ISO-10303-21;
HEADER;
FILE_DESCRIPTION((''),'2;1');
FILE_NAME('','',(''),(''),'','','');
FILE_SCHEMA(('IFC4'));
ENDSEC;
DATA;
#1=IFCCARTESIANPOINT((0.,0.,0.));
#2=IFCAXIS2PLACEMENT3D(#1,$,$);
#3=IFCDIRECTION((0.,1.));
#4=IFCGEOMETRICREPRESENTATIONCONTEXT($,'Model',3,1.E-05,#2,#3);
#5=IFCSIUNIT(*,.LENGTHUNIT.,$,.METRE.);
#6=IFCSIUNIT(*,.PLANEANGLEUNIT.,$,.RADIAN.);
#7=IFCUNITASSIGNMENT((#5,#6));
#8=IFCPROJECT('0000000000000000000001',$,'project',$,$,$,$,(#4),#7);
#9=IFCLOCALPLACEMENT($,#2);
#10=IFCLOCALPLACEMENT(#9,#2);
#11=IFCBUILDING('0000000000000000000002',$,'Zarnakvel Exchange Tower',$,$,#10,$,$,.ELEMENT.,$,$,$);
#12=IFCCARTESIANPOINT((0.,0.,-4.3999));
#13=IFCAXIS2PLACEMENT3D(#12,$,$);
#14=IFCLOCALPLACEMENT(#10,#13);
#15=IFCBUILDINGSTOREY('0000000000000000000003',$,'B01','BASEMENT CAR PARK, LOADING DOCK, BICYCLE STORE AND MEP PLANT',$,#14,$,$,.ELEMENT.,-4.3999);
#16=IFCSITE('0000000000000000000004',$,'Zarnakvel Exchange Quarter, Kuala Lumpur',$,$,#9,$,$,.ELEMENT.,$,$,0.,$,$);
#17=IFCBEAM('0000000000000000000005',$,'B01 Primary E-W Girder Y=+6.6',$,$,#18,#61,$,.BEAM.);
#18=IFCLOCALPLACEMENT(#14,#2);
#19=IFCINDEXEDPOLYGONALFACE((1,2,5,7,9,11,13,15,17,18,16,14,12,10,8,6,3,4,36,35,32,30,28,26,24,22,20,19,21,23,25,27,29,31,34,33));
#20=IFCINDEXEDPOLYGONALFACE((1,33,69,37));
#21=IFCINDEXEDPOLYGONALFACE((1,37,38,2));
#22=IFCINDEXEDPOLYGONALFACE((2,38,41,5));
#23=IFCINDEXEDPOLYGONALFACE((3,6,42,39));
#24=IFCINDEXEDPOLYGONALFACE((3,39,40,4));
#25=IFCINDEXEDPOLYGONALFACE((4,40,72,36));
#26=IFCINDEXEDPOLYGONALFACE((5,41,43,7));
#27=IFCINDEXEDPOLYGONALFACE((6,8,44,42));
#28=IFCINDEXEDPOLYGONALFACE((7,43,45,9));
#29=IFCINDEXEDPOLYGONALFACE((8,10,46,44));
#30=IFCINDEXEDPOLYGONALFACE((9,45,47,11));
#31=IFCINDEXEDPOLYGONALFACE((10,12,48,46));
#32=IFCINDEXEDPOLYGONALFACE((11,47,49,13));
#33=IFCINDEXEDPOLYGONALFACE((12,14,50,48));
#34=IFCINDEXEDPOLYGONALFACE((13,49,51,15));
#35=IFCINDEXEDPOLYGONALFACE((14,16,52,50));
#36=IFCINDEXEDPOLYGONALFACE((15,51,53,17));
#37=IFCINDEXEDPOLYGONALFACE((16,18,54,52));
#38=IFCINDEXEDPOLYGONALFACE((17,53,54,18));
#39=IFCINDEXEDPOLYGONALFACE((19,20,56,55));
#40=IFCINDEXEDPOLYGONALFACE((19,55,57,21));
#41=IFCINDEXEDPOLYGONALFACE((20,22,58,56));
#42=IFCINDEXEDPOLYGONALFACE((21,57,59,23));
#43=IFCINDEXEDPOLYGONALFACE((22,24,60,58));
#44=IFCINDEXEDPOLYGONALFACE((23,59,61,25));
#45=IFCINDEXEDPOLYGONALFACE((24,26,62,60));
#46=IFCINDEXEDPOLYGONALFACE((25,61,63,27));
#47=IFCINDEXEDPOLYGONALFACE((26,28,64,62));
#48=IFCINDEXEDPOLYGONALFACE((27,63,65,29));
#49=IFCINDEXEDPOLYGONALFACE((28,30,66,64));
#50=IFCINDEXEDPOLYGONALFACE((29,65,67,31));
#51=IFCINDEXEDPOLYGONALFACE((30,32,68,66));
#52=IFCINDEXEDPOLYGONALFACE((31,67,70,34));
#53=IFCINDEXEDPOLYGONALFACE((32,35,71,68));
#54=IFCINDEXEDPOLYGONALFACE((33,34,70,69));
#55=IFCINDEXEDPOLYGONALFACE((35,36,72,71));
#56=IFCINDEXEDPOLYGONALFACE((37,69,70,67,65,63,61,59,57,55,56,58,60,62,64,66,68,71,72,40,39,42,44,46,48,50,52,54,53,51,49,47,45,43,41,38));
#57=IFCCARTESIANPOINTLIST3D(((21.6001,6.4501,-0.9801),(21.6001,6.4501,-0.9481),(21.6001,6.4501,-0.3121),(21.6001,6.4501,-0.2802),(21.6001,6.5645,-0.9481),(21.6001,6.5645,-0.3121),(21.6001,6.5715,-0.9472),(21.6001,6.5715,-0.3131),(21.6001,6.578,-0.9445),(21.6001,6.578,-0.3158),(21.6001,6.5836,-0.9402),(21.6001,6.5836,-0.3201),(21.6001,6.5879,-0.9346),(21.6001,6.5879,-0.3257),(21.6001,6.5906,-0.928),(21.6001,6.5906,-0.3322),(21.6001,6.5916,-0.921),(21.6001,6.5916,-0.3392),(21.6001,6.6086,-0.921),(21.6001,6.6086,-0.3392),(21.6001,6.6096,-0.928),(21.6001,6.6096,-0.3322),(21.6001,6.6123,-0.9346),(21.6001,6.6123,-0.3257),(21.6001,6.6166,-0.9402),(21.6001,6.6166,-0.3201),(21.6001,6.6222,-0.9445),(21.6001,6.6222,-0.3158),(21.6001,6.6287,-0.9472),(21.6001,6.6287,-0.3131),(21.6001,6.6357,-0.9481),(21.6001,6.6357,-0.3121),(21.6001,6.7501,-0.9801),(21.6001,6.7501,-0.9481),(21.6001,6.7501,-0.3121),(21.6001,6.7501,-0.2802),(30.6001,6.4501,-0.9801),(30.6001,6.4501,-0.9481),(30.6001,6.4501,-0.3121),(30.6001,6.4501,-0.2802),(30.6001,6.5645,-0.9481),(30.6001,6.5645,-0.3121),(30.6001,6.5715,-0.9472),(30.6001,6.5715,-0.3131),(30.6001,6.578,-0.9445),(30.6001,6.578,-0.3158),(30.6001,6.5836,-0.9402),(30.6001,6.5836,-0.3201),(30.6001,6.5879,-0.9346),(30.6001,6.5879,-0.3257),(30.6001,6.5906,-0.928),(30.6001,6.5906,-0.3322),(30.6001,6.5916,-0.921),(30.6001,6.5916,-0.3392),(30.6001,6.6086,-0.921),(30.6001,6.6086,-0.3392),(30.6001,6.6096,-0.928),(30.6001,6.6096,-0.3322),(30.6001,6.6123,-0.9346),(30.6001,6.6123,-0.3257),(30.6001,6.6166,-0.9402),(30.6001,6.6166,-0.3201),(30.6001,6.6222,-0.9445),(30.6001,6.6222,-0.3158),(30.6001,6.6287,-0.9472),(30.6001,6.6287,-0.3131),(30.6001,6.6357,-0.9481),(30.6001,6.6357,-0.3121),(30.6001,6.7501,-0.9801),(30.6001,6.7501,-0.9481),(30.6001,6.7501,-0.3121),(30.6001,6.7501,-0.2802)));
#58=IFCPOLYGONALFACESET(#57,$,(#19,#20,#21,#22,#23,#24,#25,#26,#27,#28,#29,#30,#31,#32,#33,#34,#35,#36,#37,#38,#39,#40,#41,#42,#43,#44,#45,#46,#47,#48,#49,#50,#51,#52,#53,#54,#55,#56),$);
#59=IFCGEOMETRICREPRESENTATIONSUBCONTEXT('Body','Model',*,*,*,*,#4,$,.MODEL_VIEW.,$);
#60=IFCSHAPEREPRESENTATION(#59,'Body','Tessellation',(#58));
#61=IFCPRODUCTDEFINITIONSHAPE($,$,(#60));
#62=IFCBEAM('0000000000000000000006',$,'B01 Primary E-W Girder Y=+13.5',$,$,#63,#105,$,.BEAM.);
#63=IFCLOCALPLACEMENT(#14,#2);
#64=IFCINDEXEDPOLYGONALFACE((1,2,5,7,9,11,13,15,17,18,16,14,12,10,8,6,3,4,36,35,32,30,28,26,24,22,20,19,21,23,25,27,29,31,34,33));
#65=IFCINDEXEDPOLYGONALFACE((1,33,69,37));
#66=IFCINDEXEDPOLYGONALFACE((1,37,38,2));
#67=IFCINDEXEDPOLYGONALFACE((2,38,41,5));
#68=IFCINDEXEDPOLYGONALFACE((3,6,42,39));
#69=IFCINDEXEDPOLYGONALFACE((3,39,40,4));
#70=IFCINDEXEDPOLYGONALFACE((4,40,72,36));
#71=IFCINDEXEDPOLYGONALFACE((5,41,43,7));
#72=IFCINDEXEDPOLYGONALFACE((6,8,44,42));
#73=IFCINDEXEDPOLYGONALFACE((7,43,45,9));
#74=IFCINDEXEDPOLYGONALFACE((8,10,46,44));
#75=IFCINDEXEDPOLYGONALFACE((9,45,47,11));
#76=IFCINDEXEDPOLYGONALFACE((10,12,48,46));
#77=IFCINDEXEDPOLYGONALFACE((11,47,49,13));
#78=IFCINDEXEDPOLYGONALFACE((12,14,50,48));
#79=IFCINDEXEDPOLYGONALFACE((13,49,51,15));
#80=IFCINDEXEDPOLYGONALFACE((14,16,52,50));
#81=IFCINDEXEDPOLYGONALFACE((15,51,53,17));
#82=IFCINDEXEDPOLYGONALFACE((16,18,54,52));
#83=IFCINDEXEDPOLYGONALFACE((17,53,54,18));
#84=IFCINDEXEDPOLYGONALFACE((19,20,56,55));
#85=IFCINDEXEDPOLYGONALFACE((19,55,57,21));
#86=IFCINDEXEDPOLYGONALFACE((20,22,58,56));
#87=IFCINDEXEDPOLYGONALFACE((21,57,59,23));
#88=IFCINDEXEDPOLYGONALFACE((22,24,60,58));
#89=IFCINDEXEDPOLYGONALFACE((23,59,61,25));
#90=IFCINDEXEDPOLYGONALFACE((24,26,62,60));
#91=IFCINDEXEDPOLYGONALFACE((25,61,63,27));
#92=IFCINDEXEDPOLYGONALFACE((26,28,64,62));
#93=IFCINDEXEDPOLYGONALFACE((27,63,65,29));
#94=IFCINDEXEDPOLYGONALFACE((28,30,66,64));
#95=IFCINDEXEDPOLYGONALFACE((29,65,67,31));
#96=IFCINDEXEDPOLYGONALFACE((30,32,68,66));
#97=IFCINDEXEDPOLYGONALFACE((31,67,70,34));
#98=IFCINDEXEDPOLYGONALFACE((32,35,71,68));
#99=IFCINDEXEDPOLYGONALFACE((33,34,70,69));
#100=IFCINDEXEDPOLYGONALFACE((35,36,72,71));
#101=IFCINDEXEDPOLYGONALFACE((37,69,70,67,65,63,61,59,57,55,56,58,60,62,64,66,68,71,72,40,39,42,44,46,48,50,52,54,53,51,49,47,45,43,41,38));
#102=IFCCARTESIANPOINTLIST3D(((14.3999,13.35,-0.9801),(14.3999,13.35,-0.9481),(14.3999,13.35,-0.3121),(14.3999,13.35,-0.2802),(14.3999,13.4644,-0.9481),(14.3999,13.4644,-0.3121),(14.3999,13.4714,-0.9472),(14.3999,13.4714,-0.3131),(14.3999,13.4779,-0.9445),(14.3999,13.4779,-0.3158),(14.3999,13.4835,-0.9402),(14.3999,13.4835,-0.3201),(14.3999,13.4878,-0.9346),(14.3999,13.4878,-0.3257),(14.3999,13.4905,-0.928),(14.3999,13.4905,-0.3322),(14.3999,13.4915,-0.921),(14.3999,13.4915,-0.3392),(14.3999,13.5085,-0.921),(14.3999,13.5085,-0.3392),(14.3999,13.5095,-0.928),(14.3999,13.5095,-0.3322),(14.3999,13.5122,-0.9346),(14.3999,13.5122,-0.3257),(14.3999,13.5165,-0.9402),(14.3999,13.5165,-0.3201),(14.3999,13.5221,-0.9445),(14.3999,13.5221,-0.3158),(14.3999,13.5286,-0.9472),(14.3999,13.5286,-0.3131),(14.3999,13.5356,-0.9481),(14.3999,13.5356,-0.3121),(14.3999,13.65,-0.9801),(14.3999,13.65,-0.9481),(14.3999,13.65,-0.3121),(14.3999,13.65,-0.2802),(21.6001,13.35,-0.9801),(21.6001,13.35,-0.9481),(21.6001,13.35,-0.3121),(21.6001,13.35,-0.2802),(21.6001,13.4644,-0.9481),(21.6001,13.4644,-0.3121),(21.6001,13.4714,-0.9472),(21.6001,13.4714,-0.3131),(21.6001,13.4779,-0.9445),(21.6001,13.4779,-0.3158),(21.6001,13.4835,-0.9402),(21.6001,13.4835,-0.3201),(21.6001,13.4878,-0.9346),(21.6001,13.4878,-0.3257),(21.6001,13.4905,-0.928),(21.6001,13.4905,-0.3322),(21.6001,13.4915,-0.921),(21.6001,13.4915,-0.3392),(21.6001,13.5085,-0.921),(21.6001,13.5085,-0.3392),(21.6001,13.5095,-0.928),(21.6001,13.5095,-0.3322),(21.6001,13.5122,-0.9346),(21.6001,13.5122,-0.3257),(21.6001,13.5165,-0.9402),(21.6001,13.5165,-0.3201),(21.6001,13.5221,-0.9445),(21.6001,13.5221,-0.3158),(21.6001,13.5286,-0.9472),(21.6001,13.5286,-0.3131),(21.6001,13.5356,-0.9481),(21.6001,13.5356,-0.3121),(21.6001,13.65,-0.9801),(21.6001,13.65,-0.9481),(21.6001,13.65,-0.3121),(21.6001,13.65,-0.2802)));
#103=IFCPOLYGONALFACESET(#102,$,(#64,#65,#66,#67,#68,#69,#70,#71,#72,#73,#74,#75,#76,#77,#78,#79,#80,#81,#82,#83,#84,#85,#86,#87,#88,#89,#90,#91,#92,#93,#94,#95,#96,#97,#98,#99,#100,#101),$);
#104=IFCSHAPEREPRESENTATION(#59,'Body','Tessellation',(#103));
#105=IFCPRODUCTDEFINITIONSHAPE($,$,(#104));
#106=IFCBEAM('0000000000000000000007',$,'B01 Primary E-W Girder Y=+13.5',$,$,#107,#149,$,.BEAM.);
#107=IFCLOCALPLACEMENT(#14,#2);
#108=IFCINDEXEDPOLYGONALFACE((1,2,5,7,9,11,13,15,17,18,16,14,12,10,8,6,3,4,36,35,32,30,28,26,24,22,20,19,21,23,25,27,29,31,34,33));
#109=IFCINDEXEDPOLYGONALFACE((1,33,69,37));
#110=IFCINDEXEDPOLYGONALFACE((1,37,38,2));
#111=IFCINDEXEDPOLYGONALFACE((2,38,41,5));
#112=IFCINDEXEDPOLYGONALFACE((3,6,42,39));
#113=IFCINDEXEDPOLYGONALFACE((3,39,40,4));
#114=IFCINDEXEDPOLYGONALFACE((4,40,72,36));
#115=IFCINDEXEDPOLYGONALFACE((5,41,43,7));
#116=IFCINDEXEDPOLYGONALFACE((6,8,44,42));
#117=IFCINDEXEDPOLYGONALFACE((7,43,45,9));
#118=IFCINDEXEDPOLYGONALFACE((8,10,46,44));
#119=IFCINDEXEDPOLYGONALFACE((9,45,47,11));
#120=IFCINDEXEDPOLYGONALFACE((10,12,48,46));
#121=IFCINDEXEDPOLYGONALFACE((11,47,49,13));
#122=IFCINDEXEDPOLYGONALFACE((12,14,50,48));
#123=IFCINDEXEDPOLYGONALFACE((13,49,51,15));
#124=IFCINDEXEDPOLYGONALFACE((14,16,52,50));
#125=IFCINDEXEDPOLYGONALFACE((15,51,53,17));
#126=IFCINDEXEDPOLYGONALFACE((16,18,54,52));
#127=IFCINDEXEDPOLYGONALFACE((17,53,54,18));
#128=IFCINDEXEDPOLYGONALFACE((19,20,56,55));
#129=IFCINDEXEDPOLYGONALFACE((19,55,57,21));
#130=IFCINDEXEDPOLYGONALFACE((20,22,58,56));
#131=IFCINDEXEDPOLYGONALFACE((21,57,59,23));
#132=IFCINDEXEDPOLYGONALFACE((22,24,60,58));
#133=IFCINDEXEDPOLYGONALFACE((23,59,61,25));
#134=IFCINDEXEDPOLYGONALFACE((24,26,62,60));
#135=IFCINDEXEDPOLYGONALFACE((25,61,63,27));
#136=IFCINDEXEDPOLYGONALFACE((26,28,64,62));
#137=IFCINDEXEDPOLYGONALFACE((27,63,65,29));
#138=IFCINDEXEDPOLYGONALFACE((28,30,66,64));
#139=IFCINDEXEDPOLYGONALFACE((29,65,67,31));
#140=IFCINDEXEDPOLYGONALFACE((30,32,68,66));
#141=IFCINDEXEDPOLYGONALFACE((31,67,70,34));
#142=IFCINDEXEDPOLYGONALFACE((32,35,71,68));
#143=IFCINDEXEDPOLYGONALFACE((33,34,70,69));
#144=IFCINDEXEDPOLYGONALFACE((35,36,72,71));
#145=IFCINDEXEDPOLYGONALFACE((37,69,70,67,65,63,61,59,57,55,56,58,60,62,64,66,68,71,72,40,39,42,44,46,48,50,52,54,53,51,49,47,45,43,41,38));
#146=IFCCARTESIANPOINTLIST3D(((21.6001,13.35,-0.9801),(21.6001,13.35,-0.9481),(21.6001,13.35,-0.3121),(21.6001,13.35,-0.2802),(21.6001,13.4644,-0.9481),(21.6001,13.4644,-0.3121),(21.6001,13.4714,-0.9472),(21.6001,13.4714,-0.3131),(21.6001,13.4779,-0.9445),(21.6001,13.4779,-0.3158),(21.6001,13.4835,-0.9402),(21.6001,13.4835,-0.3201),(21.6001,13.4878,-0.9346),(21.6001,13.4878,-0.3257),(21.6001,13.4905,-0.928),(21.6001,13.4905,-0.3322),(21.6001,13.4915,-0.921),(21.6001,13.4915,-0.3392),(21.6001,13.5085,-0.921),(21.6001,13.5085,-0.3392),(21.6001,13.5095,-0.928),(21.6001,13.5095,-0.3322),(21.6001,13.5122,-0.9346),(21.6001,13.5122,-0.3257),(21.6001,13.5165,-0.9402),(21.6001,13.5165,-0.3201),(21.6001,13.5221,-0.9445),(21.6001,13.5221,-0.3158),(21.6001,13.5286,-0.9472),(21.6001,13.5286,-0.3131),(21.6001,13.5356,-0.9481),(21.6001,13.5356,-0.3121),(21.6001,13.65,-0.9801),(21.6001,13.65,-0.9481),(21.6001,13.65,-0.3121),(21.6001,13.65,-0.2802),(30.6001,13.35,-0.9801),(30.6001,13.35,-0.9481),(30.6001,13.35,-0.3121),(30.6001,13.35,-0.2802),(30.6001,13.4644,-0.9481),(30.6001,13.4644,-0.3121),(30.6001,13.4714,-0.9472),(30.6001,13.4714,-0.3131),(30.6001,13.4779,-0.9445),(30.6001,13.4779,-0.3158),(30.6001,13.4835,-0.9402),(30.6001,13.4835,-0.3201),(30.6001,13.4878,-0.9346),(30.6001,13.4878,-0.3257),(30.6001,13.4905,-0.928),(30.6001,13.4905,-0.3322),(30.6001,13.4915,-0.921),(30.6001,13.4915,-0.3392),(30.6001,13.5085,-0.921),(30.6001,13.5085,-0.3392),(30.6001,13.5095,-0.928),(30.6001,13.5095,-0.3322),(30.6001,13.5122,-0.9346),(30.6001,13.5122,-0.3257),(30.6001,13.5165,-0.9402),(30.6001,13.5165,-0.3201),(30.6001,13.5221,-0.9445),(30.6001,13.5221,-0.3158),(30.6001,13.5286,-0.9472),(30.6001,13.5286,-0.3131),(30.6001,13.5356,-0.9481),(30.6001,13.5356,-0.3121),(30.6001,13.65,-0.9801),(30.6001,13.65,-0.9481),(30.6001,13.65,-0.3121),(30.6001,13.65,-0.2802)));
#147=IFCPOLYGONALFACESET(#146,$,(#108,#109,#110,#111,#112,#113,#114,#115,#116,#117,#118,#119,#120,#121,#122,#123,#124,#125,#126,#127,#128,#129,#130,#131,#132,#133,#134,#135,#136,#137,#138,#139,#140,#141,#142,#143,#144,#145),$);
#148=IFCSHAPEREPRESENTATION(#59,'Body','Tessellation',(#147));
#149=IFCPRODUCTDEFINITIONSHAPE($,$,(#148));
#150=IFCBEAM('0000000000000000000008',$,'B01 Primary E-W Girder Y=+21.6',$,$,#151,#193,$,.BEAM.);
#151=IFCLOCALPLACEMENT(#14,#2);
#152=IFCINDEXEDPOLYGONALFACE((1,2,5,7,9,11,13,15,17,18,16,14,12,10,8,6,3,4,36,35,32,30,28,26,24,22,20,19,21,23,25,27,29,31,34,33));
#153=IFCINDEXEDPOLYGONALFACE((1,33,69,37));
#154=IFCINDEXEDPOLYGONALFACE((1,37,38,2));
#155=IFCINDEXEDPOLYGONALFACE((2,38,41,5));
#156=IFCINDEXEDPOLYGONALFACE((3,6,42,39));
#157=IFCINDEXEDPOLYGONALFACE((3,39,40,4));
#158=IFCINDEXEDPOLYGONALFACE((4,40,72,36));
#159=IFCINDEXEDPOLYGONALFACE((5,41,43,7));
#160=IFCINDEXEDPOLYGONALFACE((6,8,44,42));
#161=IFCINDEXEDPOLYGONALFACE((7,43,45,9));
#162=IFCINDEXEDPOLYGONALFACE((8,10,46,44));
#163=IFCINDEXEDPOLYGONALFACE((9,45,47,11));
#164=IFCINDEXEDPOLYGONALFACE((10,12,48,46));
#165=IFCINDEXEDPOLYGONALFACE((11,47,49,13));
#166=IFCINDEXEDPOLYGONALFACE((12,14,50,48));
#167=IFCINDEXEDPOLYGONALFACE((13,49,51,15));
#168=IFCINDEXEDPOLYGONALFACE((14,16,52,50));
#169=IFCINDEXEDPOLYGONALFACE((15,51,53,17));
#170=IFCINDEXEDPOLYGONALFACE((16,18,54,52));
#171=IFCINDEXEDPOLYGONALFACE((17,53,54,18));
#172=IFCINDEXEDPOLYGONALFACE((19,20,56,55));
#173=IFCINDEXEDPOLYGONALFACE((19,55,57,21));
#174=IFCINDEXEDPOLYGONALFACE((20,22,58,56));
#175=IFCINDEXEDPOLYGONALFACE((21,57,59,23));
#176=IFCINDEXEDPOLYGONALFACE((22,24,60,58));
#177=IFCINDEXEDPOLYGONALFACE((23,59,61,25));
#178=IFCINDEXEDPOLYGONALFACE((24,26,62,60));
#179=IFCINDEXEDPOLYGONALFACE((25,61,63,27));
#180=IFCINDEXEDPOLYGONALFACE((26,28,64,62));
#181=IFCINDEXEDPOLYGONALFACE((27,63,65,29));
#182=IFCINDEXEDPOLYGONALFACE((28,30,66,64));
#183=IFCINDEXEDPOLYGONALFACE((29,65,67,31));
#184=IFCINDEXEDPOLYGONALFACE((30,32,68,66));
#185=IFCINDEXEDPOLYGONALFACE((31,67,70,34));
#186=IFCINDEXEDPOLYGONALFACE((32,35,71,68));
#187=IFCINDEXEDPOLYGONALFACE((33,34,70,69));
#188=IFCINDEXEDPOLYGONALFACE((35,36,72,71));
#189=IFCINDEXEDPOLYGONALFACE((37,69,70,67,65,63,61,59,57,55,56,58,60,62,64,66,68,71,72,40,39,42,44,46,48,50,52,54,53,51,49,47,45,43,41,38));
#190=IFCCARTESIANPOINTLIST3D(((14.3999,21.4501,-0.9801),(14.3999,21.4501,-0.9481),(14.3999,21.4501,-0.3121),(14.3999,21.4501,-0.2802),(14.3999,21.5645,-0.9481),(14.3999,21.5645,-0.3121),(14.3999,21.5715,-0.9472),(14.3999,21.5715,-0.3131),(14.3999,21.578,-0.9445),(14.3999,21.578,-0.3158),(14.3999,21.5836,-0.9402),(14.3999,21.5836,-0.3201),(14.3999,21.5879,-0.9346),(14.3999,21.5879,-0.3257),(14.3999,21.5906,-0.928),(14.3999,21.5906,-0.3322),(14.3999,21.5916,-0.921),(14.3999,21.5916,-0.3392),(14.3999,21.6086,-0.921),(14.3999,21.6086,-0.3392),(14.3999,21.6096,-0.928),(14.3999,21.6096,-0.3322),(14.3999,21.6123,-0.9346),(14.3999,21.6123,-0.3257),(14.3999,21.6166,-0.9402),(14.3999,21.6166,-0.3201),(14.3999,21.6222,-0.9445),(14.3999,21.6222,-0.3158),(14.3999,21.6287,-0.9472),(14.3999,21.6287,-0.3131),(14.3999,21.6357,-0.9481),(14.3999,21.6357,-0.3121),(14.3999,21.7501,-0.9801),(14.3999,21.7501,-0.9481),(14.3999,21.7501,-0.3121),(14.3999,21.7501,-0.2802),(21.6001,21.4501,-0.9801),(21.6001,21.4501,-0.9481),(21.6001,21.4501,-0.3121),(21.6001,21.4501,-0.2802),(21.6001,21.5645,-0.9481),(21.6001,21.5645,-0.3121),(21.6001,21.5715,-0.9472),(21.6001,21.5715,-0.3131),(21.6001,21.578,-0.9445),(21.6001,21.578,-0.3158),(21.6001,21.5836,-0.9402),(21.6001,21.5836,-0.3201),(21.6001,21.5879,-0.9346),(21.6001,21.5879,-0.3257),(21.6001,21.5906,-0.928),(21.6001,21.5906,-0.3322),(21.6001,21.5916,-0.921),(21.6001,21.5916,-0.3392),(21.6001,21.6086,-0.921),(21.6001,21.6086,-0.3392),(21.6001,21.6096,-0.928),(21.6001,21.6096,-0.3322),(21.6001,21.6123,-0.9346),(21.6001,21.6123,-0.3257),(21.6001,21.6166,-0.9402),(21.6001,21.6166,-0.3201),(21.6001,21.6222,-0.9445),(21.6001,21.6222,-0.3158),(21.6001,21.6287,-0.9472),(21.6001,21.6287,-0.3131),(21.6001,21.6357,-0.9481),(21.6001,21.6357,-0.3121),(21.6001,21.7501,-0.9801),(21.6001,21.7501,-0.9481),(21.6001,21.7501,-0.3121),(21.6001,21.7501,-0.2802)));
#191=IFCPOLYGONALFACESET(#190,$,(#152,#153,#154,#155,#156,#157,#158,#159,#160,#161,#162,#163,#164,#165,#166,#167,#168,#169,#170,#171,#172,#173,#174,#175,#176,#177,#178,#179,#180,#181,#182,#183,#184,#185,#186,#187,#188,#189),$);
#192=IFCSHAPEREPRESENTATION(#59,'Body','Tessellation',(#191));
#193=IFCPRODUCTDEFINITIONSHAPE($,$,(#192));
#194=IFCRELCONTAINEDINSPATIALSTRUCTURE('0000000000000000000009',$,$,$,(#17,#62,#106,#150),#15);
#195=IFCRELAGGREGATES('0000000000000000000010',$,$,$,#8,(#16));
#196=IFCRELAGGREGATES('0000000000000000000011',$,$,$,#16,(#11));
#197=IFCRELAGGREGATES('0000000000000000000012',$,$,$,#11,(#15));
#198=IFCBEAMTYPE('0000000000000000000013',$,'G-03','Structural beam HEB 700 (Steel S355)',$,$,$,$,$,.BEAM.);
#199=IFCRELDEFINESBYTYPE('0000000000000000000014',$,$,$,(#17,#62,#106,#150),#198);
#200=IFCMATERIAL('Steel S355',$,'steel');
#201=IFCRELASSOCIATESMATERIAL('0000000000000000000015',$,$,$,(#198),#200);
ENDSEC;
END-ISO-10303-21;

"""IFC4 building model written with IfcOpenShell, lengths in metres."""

from ifc_helpers import new_model, si_unit, direction, frame, origin, origin_2d, place, context, subcontext, project, spatial, i_section, extrude, material, material_profile, profile_set, type_object, element, save


model = new_model("IFC4")

# Units and contexts
model_context = context("Model", 3, precision=1e-05, world=origin(), true_north=direction((0.0, 1.0)))
body_context = subcontext(model_context, "Body", "Model", "MODEL_VIEW")
ifc_project = project(units=[si_unit("LENGTHUNIT", "METRE"), si_unit("PLANEANGLEUNIT", "RADIAN")], contexts=[model_context])

# Site, building, storey
site_placement = place(None, origin())
site = spatial("IfcSite", under=ifc_project, at=site_placement, Name="Zarnakvel Exchange Quarter, Kuala Lumpur", CompositionType="ELEMENT", RefElevation=0.0)
building_placement = place(site_placement, origin())
building = spatial("IfcBuilding", under=site, at=building_placement, Name="Zarnakvel Exchange Tower", CompositionType="ELEMENT")
storey_placement = place(building_placement, frame((0.0, 0.0, -4.3999)))
storey = spatial("IfcBuildingStorey", under=building, at=storey_placement, Name="B01", Description="BASEMENT CAR PARK, LOADING DOCK, BICYCLE STORE AND MEP PLANT", CompositionType="ELEMENT", Elevation=-4.3999)

# Beams
ifc_material_1 = material(Name="Steel S355", Category="steel")
ifc_material_profile_1 = material_profile(ifc_material_1, i_section(OverallWidth=0.3, OverallDepth=0.7, WebThickness=0.0171, FlangeThickness=0.032, FilletRadius=0.0271, at=origin_2d()))
ifc_profile_set_1 = profile_set([ifc_material_profile_1], Name="Steel S355")
beam_type_1 = type_object("IfcBeamType", Name="G-03", Description="Structural beam HEB 700 (Steel S355)", PredefinedType="BEAM", material=ifc_profile_set_1)
beam_1_placement = place(storey_placement, frame((21.6001, 6.6001, -0.6301), z_axis=(1.0, 0.0, 0.0), x_axis=(0.0, 1.0, 0.0)))
element("IfcBeam", 1, at=beam_1_placement, inside=storey, type_object=beam_type_1, Name="B01 Primary E-W Girder Y=+6.6", PredefinedType="BEAM", context=body_context, shape_type="SweptSolid", body=[
    extrude(i_section(OverallWidth=0.3, OverallDepth=0.7, WebThickness=0.0171, FlangeThickness=0.032, FilletRadius=0.0271, at=origin_2d()), origin(), (0.0, 0.0, 1.0), 9.0),
])
beam_2_placement = place(storey_placement, frame((14.3999, 13.5, -0.6301), z_axis=(1.0, 0.0, 0.0), x_axis=(0.0, 1.0, 0.0)))
element("IfcBeam", 2, at=beam_2_placement, inside=storey, type_object=beam_type_1, Name="B01 Primary E-W Girder Y=+13.5", PredefinedType="BEAM", context=body_context, shape_type="SweptSolid", body=[
    extrude(i_section(OverallWidth=0.3, OverallDepth=0.7, WebThickness=0.0171, FlangeThickness=0.032, FilletRadius=0.0271, at=origin_2d()), origin(), (0.0, 0.0, 1.0), 7.2002),
])
beam_3_placement = place(storey_placement, frame((21.6001, 13.5, -0.6301), z_axis=(1.0, 0.0, 0.0), x_axis=(0.0, 1.0, 0.0)))
element("IfcBeam", 3, at=beam_3_placement, inside=storey, type_object=beam_type_1, Name="B01 Primary E-W Girder Y=+13.5", PredefinedType="BEAM", context=body_context, shape_type="SweptSolid", body=[
    extrude(i_section(OverallWidth=0.3, OverallDepth=0.7, WebThickness=0.0171, FlangeThickness=0.032, FilletRadius=0.0271, at=origin_2d()), origin(), (0.0, 0.0, 1.0), 9.0),
])
beam_4_placement = place(storey_placement, frame((14.3999, 21.6001, -0.6301), z_axis=(1.0, 0.0, 0.0), x_axis=(0.0, 1.0, 0.0)))
element("IfcBeam", 4, at=beam_4_placement, inside=storey, type_object=beam_type_1, Name="B01 Primary E-W Girder Y=+21.6", PredefinedType="BEAM", context=body_context, shape_type="SweptSolid", body=[
    extrude(i_section(OverallWidth=0.3, OverallDepth=0.7, WebThickness=0.0171, FlangeThickness=0.032, FilletRadius=0.0271, at=origin_2d()), origin(), (0.0, 0.0, 1.0), 7.2002),
])

save(model, "model.ifc")
